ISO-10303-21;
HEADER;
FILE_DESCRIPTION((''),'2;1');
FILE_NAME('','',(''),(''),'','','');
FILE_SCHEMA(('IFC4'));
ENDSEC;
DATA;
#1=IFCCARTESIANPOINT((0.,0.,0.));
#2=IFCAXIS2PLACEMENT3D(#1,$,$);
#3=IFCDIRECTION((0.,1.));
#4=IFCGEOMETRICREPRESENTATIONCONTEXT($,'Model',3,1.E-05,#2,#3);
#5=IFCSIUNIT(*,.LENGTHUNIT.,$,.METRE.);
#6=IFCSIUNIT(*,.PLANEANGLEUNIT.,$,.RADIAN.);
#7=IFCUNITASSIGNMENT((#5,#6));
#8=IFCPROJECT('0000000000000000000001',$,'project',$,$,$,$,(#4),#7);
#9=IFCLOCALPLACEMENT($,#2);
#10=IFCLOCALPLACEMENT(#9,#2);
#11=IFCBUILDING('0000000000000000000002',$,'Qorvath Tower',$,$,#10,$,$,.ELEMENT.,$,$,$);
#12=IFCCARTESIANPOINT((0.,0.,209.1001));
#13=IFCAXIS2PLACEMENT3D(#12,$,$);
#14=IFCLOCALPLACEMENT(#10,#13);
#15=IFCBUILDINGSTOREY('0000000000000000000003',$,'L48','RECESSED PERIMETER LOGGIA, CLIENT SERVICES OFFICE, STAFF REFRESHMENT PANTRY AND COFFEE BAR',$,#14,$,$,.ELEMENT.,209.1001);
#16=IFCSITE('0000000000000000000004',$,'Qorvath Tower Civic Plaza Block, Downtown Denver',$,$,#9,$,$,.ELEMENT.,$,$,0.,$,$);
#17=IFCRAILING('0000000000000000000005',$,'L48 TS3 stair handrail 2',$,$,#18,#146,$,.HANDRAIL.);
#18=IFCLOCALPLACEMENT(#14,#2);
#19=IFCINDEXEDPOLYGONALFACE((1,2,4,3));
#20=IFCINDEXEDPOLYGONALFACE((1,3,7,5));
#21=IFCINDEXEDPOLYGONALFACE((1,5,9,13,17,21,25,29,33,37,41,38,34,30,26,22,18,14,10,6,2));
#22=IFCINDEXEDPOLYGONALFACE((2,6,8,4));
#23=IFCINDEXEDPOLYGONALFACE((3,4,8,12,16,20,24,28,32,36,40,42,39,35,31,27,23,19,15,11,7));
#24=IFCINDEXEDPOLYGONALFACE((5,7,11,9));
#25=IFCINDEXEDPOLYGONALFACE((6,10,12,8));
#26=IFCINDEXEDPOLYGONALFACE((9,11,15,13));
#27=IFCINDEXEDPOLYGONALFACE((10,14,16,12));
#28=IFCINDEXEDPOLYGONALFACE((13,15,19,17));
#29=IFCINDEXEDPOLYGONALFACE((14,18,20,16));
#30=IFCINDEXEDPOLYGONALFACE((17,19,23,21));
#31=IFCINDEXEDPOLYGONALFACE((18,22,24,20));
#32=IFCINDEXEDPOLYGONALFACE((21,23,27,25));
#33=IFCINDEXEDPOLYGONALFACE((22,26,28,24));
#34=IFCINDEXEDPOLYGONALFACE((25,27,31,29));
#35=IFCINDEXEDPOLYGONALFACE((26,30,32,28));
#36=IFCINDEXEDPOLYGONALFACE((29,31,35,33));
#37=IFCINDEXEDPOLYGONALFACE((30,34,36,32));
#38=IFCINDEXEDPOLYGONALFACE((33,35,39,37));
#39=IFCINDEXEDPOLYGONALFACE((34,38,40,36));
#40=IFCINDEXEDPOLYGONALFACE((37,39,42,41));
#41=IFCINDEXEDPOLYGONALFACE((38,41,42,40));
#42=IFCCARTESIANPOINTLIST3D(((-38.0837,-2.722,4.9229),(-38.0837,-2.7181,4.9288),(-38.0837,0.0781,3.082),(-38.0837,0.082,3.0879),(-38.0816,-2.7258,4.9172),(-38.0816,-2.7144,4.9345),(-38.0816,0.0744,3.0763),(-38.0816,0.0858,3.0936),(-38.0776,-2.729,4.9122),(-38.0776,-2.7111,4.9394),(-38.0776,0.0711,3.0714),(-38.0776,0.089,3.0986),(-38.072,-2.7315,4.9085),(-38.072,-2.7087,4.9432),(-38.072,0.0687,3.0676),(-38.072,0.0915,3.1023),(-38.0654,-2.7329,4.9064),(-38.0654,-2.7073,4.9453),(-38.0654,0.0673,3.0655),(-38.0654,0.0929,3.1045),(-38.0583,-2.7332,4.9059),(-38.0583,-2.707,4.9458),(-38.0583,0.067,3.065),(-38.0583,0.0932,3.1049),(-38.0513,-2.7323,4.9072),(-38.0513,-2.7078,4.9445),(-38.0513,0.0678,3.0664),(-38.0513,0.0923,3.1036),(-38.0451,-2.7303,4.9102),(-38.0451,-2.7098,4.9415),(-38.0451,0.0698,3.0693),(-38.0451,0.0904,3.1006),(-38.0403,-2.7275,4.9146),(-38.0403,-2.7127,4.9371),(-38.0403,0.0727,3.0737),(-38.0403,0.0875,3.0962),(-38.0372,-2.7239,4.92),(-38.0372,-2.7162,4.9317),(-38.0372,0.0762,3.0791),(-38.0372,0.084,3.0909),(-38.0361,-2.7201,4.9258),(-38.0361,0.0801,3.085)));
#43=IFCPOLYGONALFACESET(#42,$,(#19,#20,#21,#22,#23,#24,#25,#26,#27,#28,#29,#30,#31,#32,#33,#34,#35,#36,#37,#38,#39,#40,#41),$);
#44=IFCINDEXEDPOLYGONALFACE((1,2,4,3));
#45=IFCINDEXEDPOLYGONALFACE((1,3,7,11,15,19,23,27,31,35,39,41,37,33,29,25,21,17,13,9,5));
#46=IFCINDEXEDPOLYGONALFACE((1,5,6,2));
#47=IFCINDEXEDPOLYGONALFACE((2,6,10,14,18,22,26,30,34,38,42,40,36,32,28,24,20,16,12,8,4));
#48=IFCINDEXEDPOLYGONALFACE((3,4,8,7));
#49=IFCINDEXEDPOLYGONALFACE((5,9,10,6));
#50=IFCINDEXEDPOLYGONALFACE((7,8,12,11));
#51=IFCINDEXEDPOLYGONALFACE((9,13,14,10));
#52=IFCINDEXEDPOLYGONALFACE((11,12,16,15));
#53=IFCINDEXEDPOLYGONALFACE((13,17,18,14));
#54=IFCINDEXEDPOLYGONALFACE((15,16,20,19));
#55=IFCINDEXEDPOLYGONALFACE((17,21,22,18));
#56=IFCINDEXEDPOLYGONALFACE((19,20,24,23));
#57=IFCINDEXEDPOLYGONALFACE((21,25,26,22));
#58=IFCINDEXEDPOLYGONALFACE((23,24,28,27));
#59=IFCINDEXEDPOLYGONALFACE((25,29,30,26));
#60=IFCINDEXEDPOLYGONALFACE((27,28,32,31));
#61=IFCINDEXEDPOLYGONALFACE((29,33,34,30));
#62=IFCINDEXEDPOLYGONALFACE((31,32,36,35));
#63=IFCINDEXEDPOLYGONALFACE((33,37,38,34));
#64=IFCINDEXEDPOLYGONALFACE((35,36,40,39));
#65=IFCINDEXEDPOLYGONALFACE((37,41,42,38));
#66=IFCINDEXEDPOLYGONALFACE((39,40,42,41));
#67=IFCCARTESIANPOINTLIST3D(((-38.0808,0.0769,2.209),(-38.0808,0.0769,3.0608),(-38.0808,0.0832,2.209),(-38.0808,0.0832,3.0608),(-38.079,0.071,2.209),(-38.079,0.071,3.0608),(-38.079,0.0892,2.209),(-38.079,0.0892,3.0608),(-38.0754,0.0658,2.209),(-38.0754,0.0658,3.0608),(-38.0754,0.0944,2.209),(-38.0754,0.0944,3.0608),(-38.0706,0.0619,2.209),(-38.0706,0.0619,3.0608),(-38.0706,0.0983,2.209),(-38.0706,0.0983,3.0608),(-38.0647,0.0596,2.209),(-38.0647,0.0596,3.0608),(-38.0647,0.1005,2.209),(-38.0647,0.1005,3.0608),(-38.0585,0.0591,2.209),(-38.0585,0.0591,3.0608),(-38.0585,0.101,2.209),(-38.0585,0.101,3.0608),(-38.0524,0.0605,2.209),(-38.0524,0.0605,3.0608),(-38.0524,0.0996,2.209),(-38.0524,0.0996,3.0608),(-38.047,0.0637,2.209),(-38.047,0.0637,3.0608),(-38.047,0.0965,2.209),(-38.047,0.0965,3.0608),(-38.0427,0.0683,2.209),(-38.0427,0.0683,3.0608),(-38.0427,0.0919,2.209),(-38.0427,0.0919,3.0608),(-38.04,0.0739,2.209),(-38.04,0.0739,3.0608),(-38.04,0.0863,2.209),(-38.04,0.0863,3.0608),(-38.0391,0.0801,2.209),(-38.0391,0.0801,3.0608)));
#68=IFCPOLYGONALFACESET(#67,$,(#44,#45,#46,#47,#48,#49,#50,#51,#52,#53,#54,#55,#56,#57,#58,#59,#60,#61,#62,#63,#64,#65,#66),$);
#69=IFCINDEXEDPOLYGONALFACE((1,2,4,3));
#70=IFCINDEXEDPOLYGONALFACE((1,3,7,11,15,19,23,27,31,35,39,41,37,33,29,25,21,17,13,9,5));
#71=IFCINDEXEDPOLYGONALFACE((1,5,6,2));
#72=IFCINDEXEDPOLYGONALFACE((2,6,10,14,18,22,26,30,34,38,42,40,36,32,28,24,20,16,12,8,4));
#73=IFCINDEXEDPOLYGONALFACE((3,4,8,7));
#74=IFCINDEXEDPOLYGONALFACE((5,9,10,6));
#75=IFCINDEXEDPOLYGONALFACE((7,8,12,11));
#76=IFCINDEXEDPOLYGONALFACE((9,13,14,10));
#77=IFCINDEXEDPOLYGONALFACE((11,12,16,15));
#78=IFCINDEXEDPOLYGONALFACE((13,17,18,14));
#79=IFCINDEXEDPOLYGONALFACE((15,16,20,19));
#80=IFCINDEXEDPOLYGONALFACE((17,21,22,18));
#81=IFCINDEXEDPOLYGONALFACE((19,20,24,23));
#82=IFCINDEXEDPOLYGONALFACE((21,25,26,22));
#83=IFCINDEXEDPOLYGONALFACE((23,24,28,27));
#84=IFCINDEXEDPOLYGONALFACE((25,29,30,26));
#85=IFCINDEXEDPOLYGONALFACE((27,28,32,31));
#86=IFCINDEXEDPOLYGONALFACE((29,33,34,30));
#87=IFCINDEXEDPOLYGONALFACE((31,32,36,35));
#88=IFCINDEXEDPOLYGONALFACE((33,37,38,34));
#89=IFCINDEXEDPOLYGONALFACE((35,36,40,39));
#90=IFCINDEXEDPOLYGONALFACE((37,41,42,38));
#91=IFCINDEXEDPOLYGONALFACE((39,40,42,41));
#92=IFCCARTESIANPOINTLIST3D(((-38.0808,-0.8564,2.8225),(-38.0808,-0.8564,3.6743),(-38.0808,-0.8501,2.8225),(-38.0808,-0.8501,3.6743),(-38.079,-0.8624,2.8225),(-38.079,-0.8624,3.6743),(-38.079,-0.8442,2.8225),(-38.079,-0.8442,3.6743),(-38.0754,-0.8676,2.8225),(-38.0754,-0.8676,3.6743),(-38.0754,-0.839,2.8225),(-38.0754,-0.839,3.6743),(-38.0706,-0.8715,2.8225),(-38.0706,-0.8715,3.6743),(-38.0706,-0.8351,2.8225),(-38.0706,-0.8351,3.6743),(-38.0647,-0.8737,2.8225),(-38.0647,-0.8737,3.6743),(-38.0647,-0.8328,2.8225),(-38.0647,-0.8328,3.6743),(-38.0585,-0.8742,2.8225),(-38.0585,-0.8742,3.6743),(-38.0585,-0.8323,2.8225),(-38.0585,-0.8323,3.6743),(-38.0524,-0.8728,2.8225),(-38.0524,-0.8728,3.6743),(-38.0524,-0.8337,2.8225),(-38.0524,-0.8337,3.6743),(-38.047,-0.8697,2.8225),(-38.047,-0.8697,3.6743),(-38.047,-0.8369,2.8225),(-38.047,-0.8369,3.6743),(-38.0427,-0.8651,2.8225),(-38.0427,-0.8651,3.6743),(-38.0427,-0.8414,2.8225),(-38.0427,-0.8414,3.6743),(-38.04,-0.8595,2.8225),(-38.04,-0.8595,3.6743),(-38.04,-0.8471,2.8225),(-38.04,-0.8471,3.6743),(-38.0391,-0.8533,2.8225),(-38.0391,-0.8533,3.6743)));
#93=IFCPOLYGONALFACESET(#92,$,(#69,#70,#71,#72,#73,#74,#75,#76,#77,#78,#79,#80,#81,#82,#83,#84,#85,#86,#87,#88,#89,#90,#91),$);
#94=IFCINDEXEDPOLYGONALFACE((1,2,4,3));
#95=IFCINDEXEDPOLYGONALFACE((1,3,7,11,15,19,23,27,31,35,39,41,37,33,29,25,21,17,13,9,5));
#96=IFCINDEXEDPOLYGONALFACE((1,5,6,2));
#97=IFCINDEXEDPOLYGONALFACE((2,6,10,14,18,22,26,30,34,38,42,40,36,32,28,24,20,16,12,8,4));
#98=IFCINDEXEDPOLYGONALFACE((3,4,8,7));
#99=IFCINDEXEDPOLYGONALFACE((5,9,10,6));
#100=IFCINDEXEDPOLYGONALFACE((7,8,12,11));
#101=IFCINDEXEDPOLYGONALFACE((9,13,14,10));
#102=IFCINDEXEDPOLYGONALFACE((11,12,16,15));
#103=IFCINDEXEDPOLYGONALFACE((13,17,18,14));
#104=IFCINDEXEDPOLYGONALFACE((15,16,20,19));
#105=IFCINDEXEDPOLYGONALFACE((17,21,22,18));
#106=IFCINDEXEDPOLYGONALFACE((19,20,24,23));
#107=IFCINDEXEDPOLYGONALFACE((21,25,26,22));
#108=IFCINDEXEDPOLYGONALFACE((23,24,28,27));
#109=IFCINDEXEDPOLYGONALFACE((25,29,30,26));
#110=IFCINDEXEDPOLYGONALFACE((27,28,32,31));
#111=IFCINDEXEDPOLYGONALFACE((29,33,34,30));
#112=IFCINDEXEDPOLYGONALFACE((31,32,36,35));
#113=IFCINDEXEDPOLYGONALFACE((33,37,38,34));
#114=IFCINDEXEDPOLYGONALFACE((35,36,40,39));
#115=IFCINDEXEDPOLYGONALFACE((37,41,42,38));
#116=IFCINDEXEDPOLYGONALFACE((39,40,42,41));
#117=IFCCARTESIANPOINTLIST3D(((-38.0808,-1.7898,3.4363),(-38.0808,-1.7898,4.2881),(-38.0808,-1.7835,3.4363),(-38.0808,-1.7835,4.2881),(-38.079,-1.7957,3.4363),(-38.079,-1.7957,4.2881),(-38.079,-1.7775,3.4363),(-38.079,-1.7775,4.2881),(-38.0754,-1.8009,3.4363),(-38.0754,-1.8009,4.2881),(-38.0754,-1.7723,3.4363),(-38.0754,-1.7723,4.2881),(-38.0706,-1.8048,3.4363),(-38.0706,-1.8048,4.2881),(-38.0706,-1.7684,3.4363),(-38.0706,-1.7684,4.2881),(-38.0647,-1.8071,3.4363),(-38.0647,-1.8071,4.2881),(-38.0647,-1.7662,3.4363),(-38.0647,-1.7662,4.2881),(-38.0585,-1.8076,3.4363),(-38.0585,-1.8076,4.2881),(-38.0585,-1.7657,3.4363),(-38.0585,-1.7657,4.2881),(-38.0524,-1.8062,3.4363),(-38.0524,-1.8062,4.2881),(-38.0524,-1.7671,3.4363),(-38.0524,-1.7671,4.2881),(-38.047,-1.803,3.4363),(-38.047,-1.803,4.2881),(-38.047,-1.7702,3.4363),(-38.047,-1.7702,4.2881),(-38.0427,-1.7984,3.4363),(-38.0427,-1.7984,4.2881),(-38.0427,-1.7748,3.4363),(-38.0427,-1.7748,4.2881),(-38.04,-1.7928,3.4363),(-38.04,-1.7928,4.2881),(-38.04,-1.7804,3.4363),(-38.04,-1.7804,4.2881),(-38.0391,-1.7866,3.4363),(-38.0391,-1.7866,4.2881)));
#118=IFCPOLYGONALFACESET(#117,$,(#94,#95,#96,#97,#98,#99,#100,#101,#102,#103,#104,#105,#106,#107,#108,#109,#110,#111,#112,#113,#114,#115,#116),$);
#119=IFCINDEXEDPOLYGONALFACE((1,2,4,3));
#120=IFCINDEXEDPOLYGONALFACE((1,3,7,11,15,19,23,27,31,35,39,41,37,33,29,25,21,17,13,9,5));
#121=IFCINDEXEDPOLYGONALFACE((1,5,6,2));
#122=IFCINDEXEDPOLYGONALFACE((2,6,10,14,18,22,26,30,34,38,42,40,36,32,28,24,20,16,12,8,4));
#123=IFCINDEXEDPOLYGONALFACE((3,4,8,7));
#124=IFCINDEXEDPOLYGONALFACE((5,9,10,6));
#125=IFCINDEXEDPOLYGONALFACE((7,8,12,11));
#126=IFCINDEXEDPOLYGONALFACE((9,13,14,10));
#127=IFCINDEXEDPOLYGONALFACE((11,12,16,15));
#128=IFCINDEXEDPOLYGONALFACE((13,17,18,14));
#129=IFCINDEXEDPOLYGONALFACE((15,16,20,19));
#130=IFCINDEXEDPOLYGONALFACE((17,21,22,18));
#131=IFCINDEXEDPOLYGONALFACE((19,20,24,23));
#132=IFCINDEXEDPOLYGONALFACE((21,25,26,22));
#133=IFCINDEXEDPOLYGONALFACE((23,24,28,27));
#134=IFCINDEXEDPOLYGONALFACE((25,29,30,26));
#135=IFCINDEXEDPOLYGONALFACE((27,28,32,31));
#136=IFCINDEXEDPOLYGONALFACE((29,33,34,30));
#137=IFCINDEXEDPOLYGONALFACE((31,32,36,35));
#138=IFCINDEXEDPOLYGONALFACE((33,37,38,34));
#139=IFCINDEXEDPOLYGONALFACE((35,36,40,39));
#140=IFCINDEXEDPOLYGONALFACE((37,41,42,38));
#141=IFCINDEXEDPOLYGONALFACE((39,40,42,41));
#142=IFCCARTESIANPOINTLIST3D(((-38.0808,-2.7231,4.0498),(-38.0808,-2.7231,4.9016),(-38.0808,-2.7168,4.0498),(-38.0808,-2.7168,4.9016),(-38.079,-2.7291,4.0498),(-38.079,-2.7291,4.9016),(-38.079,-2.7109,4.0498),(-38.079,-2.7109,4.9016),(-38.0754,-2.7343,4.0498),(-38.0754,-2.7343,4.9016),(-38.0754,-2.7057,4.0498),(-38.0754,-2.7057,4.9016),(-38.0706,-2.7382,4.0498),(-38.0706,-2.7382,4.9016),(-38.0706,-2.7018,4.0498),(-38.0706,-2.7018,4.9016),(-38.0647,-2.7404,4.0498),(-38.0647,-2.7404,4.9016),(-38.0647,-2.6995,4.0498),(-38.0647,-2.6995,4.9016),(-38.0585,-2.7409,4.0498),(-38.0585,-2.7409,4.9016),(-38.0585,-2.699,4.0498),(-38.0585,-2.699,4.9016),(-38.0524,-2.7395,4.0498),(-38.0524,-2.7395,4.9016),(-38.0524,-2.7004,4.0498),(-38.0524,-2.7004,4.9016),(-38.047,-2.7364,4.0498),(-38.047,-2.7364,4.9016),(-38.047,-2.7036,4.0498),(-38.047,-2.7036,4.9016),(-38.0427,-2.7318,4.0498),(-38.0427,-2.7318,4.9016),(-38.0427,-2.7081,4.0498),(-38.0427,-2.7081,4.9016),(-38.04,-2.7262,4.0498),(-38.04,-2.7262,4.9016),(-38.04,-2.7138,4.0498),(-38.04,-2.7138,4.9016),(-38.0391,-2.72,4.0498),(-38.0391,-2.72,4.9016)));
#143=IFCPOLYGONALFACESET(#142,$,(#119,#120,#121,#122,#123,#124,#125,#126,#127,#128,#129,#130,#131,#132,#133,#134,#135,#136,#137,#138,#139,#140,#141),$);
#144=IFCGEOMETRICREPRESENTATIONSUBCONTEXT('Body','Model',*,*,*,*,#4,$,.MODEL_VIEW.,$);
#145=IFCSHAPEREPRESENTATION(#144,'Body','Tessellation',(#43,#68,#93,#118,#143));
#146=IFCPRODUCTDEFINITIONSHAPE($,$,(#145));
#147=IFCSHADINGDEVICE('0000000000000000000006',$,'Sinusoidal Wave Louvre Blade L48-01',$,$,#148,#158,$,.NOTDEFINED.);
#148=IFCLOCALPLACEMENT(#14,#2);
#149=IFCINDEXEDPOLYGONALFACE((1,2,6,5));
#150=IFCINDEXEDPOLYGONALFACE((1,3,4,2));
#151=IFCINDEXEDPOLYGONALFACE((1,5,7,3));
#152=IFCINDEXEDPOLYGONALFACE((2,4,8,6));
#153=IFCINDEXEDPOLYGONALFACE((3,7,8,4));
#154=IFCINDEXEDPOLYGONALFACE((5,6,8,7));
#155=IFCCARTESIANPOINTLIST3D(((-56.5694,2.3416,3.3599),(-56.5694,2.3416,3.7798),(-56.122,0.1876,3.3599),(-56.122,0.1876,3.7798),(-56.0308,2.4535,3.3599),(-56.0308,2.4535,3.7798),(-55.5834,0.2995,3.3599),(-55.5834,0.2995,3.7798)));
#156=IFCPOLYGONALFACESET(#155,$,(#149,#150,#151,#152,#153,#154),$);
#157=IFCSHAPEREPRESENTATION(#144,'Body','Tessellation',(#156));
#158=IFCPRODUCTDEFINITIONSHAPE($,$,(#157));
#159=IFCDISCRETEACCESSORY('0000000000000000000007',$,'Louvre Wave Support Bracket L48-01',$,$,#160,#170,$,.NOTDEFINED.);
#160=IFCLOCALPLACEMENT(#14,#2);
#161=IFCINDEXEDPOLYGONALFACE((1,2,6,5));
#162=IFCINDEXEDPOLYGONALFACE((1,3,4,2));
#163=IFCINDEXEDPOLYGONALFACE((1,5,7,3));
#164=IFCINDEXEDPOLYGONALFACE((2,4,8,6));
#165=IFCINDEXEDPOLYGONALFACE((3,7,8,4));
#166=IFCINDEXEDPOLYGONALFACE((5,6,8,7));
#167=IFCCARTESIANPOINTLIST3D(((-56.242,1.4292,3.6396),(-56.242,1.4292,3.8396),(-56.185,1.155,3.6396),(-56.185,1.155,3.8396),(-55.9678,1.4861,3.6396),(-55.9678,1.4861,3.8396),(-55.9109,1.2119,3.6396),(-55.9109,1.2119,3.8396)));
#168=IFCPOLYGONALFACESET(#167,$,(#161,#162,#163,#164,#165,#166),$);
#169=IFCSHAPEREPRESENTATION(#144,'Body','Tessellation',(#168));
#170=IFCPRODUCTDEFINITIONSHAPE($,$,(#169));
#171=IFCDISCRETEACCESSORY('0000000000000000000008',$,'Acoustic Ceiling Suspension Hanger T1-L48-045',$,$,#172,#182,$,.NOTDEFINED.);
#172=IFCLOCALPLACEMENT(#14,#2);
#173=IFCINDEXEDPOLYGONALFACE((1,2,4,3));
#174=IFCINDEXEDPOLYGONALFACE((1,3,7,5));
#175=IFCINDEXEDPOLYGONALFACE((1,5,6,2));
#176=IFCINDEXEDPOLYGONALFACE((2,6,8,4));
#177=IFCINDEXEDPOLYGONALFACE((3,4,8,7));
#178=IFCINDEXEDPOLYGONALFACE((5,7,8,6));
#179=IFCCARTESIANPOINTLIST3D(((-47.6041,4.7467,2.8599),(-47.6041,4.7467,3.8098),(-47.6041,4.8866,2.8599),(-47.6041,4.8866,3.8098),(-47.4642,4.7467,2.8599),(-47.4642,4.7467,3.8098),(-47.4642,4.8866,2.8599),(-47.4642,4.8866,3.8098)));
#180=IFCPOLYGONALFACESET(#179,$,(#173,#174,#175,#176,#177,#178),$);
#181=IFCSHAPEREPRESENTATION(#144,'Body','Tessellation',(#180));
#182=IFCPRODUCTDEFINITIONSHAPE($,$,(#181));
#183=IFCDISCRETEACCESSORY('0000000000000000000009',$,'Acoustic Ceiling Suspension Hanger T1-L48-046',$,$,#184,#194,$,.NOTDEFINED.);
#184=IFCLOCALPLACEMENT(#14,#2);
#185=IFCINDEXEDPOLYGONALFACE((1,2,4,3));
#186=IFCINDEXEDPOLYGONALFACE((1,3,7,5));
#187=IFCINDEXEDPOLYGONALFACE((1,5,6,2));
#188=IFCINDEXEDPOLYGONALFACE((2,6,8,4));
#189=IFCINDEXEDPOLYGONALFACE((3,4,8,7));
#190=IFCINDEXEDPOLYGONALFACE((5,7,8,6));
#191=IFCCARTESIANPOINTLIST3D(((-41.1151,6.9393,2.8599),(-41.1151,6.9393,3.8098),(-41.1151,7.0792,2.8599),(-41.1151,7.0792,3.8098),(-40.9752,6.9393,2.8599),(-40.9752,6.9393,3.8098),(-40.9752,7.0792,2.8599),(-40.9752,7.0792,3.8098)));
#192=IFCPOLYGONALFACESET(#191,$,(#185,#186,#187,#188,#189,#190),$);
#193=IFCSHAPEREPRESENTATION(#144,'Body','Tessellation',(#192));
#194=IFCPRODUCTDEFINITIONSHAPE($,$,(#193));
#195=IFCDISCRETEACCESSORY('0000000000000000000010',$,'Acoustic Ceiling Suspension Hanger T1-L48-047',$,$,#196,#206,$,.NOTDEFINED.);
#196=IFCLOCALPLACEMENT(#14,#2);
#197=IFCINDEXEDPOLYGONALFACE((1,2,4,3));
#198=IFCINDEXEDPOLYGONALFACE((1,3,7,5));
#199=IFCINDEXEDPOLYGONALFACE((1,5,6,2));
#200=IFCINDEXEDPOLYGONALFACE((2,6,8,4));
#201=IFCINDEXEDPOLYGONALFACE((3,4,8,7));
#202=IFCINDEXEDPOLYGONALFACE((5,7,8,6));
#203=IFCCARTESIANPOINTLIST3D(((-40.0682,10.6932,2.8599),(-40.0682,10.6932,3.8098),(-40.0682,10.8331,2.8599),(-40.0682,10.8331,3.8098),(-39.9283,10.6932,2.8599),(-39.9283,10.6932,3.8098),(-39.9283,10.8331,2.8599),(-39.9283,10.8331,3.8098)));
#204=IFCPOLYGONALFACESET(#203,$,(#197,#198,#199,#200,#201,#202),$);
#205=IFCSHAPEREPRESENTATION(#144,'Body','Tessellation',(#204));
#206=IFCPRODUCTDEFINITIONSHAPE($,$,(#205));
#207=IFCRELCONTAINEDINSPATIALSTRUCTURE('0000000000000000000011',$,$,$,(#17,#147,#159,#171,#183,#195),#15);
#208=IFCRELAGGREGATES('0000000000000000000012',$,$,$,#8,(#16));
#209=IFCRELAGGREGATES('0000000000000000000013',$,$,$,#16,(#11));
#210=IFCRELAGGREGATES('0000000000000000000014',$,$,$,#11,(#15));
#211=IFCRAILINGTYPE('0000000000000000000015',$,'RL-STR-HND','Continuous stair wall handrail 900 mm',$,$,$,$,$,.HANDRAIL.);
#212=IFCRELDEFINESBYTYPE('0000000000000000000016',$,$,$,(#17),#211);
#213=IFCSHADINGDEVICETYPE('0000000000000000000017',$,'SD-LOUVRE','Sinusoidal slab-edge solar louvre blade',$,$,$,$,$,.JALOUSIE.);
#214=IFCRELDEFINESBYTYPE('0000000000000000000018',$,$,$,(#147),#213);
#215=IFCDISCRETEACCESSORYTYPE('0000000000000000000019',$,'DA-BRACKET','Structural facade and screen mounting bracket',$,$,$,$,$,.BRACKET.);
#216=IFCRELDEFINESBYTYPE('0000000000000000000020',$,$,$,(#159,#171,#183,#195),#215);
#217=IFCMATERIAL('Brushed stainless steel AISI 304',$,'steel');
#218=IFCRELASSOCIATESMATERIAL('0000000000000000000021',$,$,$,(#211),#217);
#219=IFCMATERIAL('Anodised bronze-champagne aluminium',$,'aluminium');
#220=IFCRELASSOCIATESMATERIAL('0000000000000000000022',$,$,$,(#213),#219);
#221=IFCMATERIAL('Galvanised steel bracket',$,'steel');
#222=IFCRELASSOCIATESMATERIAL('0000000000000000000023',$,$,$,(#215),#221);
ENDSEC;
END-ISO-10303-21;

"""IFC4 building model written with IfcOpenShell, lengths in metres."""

from ifc_helpers import new_model, si_unit, direction, frame, origin, origin_2d, place, context, subcontext, project, spatial, rectangle, circle, extrude, material, type_object, element, save


model = new_model("IFC4")

# Units and contexts
model_context = context("Model", 3, precision=1e-05, world=origin(), true_north=direction((0.0, 1.0)))
body_context = subcontext(model_context, "Body", "Model", "MODEL_VIEW")
ifc_project = project(units=[si_unit("LENGTHUNIT", "METRE"), si_unit("PLANEANGLEUNIT", "RADIAN")], contexts=[model_context])

# Site, building, storey
site_placement = place(None, origin())
site = spatial("IfcSite", under=ifc_project, at=site_placement, Name="Qorvath Tower Civic Plaza Block, Downtown Denver", CompositionType="ELEMENT", RefElevation=0.0)
building_placement = place(site_placement, origin())
building = spatial("IfcBuilding", under=site, at=building_placement, Name="Qorvath Tower", CompositionType="ELEMENT")
storey_placement = place(building_placement, frame((0.0, 0.0, 209.1001)))
storey = spatial("IfcBuildingStorey", under=building, at=storey_placement, Name="L48", Description="RECESSED PERIMETER LOGGIA, CLIENT SERVICES OFFICE, STAFF REFRESHMENT PANTRY AND COFFEE BAR", CompositionType="ELEMENT", Elevation=209.1001)

# Railing
ifc_material_1 = material(Name="Brushed stainless steel AISI 304", Category="steel")
railing_type = type_object("IfcRailingType", Name="RL-STR-HND", Description="Continuous stair wall handrail 900 mm", PredefinedType="HANDRAIL", material=ifc_material_1)
railing_placement = place(storey_placement, frame((-38.0601, 0.0801, 2.209)))
element("IfcRailing", 1, at=railing_placement, inside=storey, type_object=railing_type, Name="L48 TS3 stair handrail 2", PredefinedType="HANDRAIL", context=body_context, shape_type="SweptSolid", body=[
    extrude(circle(Radius=0.0239, at=origin_2d()), frame((0.0, 0.0, 0.876), z_axis=(0.0, -0.835598, 0.549342), x_axis=(1.0, 0.0, 0.0)), (0.0, 0.0, 1.0), 3.3511),
    extrude(circle(Radius=0.021, at=origin_2d()), origin(), (0.0, 0.0, 1.0), 0.8518),
    extrude(circle(Radius=0.021, at=origin_2d()), frame((0.0, -0.9333, 0.6135)), (0.0, 0.0, 1.0), 0.8518),
    extrude(circle(Radius=0.021, at=origin_2d()), frame((0.0, -1.8667, 1.2273)), (0.0, 0.0, 1.0), 0.8518),
    extrude(circle(Radius=0.021, at=origin_2d()), frame((0.0, -2.8, 1.8408)), (0.0, 0.0, 1.0), 0.8518),
])

# Shading device
ifc_material_2 = material(Name="Anodised bronze-champagne aluminium", Category="aluminium")
shading_device_type = type_object("IfcShadingDeviceType", Name="SD-LOUVRE", Description="Sinusoidal slab-edge solar louvre blade", PredefinedType="JALOUSIE", material=ifc_material_2)
shading_device_placement = place(storey_placement, frame((-56.0764, 1.3206, 3.3599), z_axis=(0.0, 0.0, 1.0), x_axis=(0.203362, -0.979104, 0.0)))
element("IfcShadingDevice", 2, at=shading_device_placement, inside=storey, type_object=shading_device_type, Name="Sinusoidal Wave Louvre Blade L48-01", PredefinedType="NOTDEFINED", context=body_context, shape_type="SweptSolid", body=[
    extrude(rectangle(XDim=2.2, YDim=0.55, at=origin_2d()), origin(), (0.0, 0.0, 1.0), 0.4199),
])

# Discrete accessories
ifc_material_3 = material(Name="Galvanised steel bracket", Category="steel")
discrete_accessory_type = type_object("IfcDiscreteAccessoryType", Name="DA-BRACKET", Description="Structural facade and screen mounting bracket", PredefinedType="BRACKET", material=ifc_material_3)
discrete_accessory_placement = place(storey_placement, frame((-56.0764, 1.3206, 3.6396), z_axis=(0.0, 0.0, 1.0), x_axis=(0.203362, -0.979104, 0.0)))
element("IfcDiscreteAccessory", 3, at=discrete_accessory_placement, inside=storey, type_object=discrete_accessory_type, Name="Louvre Wave Support Bracket L48-01", PredefinedType="NOTDEFINED", context=body_context, shape_type="SweptSolid", body=[
    extrude(rectangle(XDim=0.28, YDim=0.28, at=origin_2d()), origin(), (0.0, 0.0, 1.0), 0.2),
])
for number, where, z_axis, x_axis, name in (
    (4, (-47.5342, 4.8167, 2.8599), (0.0, 0.0, 1.0), (1.0, 0.0, 0.0), "Acoustic Ceiling Suspension Hanger T1-L48-045"),
    (5, (-41.0452, 7.0093, 2.8599), (0.0, 0.0, 1.0), (1.0, 0.0, 0.0), "Acoustic Ceiling Suspension Hanger T1-L48-046"),
    (6, (-39.9983, 10.7632, 2.8599), (0.0, 0.0, 1.0), (1.0, 0.0, 0.0), "Acoustic Ceiling Suspension Hanger T1-L48-047"),
):
    element("IfcDiscreteAccessory", number, at=place(storey_placement, frame(where, z_axis=z_axis, x_axis=x_axis)), inside=storey, type_object=discrete_accessory_type, Name=name, PredefinedType="NOTDEFINED", context=body_context, shape_type="SweptSolid", body=[
        extrude(rectangle(XDim=0.1399, YDim=0.1399, at=origin_2d()), origin(), (0.0, 0.0, 1.0), 0.95),
    ])

save(model, "model.ifc")
